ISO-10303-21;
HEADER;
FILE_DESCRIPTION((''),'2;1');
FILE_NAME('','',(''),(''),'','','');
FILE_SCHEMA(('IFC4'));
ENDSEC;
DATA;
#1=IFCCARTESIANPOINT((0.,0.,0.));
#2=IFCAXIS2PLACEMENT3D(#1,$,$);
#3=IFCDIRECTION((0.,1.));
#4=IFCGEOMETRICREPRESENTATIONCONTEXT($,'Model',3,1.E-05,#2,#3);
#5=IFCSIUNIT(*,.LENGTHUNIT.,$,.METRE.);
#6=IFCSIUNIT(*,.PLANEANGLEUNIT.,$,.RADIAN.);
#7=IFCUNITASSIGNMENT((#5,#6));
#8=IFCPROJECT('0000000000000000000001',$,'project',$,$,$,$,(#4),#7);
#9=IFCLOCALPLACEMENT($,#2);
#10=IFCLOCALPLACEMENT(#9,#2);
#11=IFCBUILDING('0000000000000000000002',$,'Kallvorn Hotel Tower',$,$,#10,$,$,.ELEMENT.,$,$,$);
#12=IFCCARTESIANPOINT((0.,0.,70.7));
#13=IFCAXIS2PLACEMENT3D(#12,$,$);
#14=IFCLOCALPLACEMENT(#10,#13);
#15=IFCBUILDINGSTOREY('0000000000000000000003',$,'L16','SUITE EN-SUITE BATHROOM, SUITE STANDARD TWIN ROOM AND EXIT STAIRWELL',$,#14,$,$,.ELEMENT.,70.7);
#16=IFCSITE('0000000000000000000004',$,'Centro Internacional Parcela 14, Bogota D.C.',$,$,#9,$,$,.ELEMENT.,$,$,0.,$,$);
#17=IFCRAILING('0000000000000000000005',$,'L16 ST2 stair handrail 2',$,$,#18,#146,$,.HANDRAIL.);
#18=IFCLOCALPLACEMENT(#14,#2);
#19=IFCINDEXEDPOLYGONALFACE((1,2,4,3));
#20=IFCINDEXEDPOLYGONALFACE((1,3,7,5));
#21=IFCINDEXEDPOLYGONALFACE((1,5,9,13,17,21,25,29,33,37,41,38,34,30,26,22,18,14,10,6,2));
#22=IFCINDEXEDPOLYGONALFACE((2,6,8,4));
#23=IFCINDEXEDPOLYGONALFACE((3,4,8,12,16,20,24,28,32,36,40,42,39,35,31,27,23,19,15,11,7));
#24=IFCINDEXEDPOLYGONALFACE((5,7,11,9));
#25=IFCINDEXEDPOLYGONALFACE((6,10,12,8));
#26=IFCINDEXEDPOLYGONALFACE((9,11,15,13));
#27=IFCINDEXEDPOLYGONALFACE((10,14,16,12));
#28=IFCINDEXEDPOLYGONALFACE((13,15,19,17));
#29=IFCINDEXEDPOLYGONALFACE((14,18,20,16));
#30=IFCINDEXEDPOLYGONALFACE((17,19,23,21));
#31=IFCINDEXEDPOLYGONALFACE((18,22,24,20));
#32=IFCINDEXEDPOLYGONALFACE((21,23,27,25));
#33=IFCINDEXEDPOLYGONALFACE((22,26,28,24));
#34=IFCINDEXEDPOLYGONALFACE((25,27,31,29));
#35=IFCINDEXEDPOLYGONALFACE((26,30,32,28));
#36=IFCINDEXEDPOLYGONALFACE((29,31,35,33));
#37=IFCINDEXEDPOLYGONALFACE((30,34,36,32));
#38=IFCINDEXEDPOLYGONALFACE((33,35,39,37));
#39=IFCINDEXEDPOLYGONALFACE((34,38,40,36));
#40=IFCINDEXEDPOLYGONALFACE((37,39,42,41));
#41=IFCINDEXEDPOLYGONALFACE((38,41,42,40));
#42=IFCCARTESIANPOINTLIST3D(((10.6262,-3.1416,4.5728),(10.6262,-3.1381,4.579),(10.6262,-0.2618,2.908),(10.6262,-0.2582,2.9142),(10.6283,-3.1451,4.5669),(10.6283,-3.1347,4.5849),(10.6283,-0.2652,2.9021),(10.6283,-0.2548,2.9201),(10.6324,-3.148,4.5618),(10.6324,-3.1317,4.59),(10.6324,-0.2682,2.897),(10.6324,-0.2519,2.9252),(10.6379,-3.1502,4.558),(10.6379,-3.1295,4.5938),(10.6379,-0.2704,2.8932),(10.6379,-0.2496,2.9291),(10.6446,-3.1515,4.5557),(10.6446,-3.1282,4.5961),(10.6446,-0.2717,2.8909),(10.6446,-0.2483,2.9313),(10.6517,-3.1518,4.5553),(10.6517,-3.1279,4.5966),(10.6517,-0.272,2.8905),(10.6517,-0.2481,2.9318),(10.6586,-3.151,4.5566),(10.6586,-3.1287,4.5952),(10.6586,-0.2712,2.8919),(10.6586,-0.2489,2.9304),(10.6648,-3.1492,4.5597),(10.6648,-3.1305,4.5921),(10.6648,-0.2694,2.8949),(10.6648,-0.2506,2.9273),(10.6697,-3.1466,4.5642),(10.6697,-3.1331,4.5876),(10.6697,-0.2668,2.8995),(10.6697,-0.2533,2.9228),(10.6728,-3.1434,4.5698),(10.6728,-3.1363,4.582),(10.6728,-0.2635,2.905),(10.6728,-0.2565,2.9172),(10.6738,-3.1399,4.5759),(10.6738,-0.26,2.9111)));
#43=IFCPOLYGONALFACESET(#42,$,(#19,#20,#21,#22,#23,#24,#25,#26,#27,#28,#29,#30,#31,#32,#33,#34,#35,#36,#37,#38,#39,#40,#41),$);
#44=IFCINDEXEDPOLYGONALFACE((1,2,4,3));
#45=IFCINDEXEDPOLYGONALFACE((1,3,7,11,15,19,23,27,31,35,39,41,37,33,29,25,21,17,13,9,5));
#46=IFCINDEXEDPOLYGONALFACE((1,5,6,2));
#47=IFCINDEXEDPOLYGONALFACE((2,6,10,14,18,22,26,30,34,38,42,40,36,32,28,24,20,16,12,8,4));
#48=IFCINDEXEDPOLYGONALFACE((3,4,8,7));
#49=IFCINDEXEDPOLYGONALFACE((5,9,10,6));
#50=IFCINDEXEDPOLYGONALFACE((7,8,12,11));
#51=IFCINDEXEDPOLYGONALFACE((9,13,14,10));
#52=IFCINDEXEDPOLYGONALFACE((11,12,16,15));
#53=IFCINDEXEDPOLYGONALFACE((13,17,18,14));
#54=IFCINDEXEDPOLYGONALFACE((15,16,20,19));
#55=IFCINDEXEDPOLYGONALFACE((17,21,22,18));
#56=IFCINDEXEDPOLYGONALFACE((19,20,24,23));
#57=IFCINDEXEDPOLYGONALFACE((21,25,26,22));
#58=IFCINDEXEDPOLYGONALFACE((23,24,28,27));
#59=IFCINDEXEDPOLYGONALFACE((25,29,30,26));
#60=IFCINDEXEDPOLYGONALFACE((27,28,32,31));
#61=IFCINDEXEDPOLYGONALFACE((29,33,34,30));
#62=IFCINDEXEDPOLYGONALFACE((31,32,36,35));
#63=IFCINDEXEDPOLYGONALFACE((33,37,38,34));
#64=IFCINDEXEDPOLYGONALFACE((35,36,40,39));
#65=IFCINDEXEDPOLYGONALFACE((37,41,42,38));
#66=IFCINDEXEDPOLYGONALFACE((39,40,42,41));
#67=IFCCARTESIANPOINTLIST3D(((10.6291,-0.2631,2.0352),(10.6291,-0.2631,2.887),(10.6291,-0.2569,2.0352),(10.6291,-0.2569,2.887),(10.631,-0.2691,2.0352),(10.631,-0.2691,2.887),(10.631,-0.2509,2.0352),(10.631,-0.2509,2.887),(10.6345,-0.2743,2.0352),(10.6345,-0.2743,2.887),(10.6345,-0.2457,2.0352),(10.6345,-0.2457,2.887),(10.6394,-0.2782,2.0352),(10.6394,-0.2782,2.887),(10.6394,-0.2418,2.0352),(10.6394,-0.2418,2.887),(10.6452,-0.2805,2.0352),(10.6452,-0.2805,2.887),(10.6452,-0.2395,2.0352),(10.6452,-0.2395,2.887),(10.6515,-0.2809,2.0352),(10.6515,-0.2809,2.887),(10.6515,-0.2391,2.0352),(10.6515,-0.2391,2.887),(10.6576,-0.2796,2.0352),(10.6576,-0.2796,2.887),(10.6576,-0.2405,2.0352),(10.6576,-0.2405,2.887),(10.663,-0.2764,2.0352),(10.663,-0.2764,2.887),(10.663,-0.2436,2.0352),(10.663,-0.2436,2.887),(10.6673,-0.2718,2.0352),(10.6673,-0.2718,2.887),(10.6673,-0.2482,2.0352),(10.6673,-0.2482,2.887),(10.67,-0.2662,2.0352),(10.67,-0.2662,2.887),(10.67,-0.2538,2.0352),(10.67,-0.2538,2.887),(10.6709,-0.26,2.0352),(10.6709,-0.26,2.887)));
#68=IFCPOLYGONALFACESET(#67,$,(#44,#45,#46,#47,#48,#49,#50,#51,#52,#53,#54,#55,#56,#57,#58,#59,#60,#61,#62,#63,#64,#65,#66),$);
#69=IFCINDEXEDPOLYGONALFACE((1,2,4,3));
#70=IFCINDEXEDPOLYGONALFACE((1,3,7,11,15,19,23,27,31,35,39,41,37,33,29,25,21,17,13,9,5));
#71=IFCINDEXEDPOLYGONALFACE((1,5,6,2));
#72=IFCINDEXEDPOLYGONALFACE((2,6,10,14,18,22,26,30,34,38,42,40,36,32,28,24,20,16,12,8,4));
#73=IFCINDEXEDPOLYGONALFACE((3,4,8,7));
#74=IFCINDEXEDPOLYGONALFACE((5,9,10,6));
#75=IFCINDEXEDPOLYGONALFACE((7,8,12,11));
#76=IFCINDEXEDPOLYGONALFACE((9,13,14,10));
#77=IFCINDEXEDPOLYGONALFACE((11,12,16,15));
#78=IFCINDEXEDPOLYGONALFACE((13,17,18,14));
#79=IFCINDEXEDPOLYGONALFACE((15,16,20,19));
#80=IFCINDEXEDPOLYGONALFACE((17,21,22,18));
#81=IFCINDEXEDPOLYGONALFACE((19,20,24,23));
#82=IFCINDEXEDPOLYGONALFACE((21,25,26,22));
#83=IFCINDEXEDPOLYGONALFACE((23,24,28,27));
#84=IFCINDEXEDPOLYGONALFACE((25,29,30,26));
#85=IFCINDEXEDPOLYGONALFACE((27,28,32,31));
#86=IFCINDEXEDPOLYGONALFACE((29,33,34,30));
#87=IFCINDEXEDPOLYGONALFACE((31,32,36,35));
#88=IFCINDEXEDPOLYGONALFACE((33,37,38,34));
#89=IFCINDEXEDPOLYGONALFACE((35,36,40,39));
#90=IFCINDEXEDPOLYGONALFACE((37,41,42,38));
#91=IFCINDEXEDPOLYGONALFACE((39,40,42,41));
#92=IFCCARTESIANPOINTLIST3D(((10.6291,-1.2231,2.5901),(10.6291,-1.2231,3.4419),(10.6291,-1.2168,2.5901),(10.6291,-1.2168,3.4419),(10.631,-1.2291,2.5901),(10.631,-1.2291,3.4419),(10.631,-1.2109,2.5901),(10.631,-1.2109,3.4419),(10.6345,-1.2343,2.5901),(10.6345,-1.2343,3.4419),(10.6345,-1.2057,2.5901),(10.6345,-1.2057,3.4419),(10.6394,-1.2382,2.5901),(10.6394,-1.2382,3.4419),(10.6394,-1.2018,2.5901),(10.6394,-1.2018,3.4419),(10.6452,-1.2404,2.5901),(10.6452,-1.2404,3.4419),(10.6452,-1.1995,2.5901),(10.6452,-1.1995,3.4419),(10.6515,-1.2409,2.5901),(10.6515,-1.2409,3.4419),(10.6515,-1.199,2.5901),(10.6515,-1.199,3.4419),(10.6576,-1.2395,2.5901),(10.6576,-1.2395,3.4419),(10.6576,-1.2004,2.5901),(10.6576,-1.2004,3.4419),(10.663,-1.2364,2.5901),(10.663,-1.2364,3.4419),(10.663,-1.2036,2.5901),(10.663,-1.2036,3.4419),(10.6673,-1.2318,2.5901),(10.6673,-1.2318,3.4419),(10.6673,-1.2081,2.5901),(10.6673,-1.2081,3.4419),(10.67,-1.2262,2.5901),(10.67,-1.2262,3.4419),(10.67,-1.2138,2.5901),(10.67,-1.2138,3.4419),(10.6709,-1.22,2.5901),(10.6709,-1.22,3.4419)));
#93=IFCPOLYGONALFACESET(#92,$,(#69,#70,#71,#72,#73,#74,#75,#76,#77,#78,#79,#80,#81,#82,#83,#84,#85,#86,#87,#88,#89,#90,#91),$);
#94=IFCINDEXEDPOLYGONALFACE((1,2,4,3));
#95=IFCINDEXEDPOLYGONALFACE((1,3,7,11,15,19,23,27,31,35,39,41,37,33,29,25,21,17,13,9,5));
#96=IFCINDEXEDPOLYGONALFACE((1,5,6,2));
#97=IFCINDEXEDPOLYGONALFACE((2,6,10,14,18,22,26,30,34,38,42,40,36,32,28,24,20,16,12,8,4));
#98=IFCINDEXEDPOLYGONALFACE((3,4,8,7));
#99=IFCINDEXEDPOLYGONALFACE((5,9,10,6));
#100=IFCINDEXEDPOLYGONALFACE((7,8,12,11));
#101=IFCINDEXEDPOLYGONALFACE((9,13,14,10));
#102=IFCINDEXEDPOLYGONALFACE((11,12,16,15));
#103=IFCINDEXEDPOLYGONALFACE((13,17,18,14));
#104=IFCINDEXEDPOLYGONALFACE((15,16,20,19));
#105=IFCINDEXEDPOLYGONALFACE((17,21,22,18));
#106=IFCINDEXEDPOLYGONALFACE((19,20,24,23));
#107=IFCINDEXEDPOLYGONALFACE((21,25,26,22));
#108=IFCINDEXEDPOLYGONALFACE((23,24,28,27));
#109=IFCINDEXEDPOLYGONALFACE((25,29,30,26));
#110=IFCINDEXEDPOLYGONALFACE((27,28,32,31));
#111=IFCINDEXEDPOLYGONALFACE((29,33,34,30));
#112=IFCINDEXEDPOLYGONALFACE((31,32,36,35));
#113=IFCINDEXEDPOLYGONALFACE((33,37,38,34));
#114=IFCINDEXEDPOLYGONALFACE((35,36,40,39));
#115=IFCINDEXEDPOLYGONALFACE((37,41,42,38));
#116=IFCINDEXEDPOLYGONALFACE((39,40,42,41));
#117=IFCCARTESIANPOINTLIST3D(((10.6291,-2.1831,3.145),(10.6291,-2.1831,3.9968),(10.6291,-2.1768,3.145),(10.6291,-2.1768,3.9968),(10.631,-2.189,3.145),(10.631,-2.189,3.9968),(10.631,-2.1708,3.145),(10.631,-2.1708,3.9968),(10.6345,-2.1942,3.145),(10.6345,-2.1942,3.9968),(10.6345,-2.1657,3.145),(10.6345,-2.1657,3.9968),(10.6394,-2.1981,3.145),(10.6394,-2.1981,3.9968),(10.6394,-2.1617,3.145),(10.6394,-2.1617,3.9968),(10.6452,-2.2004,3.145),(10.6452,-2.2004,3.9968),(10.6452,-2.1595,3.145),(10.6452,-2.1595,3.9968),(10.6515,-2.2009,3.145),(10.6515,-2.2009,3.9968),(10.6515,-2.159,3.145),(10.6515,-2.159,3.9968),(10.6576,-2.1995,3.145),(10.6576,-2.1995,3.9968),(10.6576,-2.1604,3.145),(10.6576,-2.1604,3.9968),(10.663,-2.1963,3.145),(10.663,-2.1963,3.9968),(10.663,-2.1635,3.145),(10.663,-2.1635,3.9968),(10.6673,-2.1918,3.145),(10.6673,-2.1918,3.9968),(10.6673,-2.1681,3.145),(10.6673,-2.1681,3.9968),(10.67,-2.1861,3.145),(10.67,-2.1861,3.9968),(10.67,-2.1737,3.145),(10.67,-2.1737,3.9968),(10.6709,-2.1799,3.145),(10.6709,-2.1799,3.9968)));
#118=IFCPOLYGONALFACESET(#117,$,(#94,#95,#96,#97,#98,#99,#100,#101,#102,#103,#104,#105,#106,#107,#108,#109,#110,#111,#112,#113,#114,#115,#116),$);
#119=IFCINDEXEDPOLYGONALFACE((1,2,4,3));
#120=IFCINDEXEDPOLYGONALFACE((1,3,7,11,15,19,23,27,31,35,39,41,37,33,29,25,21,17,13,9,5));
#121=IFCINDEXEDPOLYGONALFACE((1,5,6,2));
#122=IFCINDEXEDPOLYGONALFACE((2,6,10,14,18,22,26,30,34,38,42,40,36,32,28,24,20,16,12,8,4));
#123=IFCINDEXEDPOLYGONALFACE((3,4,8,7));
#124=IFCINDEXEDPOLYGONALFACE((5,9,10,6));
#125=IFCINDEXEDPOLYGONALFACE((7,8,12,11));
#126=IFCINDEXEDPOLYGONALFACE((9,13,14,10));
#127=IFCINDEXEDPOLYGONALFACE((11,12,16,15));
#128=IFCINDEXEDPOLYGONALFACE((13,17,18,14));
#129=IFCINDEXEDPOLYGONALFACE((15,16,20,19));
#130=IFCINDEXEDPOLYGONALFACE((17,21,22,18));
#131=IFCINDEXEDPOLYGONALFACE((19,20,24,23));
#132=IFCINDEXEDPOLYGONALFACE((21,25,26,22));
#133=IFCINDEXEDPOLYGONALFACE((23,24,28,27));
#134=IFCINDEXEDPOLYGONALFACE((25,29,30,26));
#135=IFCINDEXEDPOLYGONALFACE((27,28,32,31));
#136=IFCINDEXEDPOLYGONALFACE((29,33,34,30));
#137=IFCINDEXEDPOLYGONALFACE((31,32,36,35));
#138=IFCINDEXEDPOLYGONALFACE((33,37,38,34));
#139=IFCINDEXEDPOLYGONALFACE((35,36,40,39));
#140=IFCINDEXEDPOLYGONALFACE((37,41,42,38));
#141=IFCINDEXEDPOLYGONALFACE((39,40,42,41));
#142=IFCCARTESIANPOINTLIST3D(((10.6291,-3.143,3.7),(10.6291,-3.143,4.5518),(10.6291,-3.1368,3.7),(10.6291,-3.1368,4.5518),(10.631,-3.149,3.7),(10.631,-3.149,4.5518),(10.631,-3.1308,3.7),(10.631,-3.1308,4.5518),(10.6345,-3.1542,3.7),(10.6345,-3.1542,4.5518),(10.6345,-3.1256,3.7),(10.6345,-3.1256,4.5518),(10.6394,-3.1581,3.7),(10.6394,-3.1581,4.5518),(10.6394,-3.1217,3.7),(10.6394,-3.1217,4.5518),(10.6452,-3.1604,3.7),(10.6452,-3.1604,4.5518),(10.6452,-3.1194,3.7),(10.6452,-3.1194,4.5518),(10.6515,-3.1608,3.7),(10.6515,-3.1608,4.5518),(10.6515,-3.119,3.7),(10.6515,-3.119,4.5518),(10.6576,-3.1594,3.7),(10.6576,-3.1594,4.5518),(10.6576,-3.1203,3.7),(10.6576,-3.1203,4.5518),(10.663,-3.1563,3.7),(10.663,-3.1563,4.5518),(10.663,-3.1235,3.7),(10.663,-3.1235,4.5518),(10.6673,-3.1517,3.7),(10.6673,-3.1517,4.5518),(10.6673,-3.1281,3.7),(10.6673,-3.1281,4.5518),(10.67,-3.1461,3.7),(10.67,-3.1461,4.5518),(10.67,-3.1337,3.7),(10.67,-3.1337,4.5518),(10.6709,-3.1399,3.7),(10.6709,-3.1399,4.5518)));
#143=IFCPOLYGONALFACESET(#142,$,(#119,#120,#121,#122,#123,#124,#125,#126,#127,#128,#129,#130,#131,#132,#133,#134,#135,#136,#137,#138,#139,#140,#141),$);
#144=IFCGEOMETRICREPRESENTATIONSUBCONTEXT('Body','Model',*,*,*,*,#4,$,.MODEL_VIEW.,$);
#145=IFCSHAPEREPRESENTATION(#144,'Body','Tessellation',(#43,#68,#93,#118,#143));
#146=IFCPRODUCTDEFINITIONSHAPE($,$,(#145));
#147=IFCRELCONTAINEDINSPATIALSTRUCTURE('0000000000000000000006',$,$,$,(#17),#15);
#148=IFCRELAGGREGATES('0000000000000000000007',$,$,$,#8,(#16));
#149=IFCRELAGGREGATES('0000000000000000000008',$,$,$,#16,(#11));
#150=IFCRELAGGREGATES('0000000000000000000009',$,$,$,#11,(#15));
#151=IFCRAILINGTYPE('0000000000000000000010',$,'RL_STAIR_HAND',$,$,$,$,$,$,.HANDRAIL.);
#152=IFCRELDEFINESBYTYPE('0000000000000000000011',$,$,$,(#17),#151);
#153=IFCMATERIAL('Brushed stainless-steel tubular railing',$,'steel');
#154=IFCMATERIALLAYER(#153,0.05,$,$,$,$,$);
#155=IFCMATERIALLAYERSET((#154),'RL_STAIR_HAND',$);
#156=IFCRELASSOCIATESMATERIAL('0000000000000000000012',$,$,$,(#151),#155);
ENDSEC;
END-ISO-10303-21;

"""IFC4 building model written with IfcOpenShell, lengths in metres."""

from ifc_helpers import new_model, si_unit, direction, frame, origin, origin_2d, place, context, subcontext, project, spatial, circle, extrude, material, layer, layer_set, type_object, element, save


model = new_model("IFC4")

# Units and contexts
model_context = context("Model", 3, precision=1e-05, world=origin(), true_north=direction((0.0, 1.0)))
body_context = subcontext(model_context, "Body", "Model", "MODEL_VIEW")
ifc_project = project(units=[si_unit("LENGTHUNIT", "METRE"), si_unit("PLANEANGLEUNIT", "RADIAN")], contexts=[model_context])

# Site, building, storey
site_placement = place(None, origin())
site = spatial("IfcSite", under=ifc_project, at=site_placement, Name="Centro Internacional Parcela 14, Bogota D.C.", CompositionType="ELEMENT", RefElevation=0.0)
building_placement = place(site_placement, origin())
building = spatial("IfcBuilding", under=site, at=building_placement, Name="Kallvorn Hotel Tower", CompositionType="ELEMENT")
storey_placement = place(building_placement, frame((0.0, 0.0, 70.7)))
storey = spatial("IfcBuildingStorey", under=building, at=storey_placement, Name="L16", Description="SUITE EN-SUITE BATHROOM, SUITE STANDARD TWIN ROOM AND EXIT STAIRWELL", CompositionType="ELEMENT", Elevation=70.7)

# Railing
ifc_material_1 = material(Name="Brushed stainless-steel tubular railing", Category="steel")
ifc_layer_1 = layer(ifc_material_1, 0.05)
ifc_layer_set_1 = layer_set([ifc_layer_1], Name="RL_STAIR_HAND")
railing_type_1 = type_object("IfcRailingType", Name="RL_STAIR_HAND", PredefinedType="HANDRAIL", material=ifc_layer_set_1)
railing_1_placement = place(storey_placement, frame((10.6499, -0.26, 2.0352)))
element("IfcRailing", 1, at=railing_1_placement, inside=storey, type_object=railing_type_1, Name="L16 ST2 stair handrail 2", PredefinedType="HANDRAIL", context=body_context, shape_type="SweptSolid", body=[
    extrude(circle(Radius=0.0239, at=origin_2d()), frame((0.0, 0.0, 0.876), z_axis=(0.0, -0.865753, 0.500472), x_axis=(1.0, 0.0, 0.0)), (0.0, 0.0, 1.0), 3.3264),
    extrude(circle(Radius=0.021, at=origin_2d()), origin(), (0.0, 0.0, 1.0), 0.8518),
    extrude(circle(Radius=0.021, at=origin_2d()), frame((0.0, -0.96, 0.5549)), (0.0, 0.0, 1.0), 0.8518),
    extrude(circle(Radius=0.021, at=origin_2d()), frame((0.0, -1.9199, 1.1099)), (0.0, 0.0, 1.0), 0.8518),
    extrude(circle(Radius=0.021, at=origin_2d()), frame((0.0, -2.8799, 1.6648)), (0.0, 0.0, 1.0), 0.8518),
])

save(model, "model.ifc")
